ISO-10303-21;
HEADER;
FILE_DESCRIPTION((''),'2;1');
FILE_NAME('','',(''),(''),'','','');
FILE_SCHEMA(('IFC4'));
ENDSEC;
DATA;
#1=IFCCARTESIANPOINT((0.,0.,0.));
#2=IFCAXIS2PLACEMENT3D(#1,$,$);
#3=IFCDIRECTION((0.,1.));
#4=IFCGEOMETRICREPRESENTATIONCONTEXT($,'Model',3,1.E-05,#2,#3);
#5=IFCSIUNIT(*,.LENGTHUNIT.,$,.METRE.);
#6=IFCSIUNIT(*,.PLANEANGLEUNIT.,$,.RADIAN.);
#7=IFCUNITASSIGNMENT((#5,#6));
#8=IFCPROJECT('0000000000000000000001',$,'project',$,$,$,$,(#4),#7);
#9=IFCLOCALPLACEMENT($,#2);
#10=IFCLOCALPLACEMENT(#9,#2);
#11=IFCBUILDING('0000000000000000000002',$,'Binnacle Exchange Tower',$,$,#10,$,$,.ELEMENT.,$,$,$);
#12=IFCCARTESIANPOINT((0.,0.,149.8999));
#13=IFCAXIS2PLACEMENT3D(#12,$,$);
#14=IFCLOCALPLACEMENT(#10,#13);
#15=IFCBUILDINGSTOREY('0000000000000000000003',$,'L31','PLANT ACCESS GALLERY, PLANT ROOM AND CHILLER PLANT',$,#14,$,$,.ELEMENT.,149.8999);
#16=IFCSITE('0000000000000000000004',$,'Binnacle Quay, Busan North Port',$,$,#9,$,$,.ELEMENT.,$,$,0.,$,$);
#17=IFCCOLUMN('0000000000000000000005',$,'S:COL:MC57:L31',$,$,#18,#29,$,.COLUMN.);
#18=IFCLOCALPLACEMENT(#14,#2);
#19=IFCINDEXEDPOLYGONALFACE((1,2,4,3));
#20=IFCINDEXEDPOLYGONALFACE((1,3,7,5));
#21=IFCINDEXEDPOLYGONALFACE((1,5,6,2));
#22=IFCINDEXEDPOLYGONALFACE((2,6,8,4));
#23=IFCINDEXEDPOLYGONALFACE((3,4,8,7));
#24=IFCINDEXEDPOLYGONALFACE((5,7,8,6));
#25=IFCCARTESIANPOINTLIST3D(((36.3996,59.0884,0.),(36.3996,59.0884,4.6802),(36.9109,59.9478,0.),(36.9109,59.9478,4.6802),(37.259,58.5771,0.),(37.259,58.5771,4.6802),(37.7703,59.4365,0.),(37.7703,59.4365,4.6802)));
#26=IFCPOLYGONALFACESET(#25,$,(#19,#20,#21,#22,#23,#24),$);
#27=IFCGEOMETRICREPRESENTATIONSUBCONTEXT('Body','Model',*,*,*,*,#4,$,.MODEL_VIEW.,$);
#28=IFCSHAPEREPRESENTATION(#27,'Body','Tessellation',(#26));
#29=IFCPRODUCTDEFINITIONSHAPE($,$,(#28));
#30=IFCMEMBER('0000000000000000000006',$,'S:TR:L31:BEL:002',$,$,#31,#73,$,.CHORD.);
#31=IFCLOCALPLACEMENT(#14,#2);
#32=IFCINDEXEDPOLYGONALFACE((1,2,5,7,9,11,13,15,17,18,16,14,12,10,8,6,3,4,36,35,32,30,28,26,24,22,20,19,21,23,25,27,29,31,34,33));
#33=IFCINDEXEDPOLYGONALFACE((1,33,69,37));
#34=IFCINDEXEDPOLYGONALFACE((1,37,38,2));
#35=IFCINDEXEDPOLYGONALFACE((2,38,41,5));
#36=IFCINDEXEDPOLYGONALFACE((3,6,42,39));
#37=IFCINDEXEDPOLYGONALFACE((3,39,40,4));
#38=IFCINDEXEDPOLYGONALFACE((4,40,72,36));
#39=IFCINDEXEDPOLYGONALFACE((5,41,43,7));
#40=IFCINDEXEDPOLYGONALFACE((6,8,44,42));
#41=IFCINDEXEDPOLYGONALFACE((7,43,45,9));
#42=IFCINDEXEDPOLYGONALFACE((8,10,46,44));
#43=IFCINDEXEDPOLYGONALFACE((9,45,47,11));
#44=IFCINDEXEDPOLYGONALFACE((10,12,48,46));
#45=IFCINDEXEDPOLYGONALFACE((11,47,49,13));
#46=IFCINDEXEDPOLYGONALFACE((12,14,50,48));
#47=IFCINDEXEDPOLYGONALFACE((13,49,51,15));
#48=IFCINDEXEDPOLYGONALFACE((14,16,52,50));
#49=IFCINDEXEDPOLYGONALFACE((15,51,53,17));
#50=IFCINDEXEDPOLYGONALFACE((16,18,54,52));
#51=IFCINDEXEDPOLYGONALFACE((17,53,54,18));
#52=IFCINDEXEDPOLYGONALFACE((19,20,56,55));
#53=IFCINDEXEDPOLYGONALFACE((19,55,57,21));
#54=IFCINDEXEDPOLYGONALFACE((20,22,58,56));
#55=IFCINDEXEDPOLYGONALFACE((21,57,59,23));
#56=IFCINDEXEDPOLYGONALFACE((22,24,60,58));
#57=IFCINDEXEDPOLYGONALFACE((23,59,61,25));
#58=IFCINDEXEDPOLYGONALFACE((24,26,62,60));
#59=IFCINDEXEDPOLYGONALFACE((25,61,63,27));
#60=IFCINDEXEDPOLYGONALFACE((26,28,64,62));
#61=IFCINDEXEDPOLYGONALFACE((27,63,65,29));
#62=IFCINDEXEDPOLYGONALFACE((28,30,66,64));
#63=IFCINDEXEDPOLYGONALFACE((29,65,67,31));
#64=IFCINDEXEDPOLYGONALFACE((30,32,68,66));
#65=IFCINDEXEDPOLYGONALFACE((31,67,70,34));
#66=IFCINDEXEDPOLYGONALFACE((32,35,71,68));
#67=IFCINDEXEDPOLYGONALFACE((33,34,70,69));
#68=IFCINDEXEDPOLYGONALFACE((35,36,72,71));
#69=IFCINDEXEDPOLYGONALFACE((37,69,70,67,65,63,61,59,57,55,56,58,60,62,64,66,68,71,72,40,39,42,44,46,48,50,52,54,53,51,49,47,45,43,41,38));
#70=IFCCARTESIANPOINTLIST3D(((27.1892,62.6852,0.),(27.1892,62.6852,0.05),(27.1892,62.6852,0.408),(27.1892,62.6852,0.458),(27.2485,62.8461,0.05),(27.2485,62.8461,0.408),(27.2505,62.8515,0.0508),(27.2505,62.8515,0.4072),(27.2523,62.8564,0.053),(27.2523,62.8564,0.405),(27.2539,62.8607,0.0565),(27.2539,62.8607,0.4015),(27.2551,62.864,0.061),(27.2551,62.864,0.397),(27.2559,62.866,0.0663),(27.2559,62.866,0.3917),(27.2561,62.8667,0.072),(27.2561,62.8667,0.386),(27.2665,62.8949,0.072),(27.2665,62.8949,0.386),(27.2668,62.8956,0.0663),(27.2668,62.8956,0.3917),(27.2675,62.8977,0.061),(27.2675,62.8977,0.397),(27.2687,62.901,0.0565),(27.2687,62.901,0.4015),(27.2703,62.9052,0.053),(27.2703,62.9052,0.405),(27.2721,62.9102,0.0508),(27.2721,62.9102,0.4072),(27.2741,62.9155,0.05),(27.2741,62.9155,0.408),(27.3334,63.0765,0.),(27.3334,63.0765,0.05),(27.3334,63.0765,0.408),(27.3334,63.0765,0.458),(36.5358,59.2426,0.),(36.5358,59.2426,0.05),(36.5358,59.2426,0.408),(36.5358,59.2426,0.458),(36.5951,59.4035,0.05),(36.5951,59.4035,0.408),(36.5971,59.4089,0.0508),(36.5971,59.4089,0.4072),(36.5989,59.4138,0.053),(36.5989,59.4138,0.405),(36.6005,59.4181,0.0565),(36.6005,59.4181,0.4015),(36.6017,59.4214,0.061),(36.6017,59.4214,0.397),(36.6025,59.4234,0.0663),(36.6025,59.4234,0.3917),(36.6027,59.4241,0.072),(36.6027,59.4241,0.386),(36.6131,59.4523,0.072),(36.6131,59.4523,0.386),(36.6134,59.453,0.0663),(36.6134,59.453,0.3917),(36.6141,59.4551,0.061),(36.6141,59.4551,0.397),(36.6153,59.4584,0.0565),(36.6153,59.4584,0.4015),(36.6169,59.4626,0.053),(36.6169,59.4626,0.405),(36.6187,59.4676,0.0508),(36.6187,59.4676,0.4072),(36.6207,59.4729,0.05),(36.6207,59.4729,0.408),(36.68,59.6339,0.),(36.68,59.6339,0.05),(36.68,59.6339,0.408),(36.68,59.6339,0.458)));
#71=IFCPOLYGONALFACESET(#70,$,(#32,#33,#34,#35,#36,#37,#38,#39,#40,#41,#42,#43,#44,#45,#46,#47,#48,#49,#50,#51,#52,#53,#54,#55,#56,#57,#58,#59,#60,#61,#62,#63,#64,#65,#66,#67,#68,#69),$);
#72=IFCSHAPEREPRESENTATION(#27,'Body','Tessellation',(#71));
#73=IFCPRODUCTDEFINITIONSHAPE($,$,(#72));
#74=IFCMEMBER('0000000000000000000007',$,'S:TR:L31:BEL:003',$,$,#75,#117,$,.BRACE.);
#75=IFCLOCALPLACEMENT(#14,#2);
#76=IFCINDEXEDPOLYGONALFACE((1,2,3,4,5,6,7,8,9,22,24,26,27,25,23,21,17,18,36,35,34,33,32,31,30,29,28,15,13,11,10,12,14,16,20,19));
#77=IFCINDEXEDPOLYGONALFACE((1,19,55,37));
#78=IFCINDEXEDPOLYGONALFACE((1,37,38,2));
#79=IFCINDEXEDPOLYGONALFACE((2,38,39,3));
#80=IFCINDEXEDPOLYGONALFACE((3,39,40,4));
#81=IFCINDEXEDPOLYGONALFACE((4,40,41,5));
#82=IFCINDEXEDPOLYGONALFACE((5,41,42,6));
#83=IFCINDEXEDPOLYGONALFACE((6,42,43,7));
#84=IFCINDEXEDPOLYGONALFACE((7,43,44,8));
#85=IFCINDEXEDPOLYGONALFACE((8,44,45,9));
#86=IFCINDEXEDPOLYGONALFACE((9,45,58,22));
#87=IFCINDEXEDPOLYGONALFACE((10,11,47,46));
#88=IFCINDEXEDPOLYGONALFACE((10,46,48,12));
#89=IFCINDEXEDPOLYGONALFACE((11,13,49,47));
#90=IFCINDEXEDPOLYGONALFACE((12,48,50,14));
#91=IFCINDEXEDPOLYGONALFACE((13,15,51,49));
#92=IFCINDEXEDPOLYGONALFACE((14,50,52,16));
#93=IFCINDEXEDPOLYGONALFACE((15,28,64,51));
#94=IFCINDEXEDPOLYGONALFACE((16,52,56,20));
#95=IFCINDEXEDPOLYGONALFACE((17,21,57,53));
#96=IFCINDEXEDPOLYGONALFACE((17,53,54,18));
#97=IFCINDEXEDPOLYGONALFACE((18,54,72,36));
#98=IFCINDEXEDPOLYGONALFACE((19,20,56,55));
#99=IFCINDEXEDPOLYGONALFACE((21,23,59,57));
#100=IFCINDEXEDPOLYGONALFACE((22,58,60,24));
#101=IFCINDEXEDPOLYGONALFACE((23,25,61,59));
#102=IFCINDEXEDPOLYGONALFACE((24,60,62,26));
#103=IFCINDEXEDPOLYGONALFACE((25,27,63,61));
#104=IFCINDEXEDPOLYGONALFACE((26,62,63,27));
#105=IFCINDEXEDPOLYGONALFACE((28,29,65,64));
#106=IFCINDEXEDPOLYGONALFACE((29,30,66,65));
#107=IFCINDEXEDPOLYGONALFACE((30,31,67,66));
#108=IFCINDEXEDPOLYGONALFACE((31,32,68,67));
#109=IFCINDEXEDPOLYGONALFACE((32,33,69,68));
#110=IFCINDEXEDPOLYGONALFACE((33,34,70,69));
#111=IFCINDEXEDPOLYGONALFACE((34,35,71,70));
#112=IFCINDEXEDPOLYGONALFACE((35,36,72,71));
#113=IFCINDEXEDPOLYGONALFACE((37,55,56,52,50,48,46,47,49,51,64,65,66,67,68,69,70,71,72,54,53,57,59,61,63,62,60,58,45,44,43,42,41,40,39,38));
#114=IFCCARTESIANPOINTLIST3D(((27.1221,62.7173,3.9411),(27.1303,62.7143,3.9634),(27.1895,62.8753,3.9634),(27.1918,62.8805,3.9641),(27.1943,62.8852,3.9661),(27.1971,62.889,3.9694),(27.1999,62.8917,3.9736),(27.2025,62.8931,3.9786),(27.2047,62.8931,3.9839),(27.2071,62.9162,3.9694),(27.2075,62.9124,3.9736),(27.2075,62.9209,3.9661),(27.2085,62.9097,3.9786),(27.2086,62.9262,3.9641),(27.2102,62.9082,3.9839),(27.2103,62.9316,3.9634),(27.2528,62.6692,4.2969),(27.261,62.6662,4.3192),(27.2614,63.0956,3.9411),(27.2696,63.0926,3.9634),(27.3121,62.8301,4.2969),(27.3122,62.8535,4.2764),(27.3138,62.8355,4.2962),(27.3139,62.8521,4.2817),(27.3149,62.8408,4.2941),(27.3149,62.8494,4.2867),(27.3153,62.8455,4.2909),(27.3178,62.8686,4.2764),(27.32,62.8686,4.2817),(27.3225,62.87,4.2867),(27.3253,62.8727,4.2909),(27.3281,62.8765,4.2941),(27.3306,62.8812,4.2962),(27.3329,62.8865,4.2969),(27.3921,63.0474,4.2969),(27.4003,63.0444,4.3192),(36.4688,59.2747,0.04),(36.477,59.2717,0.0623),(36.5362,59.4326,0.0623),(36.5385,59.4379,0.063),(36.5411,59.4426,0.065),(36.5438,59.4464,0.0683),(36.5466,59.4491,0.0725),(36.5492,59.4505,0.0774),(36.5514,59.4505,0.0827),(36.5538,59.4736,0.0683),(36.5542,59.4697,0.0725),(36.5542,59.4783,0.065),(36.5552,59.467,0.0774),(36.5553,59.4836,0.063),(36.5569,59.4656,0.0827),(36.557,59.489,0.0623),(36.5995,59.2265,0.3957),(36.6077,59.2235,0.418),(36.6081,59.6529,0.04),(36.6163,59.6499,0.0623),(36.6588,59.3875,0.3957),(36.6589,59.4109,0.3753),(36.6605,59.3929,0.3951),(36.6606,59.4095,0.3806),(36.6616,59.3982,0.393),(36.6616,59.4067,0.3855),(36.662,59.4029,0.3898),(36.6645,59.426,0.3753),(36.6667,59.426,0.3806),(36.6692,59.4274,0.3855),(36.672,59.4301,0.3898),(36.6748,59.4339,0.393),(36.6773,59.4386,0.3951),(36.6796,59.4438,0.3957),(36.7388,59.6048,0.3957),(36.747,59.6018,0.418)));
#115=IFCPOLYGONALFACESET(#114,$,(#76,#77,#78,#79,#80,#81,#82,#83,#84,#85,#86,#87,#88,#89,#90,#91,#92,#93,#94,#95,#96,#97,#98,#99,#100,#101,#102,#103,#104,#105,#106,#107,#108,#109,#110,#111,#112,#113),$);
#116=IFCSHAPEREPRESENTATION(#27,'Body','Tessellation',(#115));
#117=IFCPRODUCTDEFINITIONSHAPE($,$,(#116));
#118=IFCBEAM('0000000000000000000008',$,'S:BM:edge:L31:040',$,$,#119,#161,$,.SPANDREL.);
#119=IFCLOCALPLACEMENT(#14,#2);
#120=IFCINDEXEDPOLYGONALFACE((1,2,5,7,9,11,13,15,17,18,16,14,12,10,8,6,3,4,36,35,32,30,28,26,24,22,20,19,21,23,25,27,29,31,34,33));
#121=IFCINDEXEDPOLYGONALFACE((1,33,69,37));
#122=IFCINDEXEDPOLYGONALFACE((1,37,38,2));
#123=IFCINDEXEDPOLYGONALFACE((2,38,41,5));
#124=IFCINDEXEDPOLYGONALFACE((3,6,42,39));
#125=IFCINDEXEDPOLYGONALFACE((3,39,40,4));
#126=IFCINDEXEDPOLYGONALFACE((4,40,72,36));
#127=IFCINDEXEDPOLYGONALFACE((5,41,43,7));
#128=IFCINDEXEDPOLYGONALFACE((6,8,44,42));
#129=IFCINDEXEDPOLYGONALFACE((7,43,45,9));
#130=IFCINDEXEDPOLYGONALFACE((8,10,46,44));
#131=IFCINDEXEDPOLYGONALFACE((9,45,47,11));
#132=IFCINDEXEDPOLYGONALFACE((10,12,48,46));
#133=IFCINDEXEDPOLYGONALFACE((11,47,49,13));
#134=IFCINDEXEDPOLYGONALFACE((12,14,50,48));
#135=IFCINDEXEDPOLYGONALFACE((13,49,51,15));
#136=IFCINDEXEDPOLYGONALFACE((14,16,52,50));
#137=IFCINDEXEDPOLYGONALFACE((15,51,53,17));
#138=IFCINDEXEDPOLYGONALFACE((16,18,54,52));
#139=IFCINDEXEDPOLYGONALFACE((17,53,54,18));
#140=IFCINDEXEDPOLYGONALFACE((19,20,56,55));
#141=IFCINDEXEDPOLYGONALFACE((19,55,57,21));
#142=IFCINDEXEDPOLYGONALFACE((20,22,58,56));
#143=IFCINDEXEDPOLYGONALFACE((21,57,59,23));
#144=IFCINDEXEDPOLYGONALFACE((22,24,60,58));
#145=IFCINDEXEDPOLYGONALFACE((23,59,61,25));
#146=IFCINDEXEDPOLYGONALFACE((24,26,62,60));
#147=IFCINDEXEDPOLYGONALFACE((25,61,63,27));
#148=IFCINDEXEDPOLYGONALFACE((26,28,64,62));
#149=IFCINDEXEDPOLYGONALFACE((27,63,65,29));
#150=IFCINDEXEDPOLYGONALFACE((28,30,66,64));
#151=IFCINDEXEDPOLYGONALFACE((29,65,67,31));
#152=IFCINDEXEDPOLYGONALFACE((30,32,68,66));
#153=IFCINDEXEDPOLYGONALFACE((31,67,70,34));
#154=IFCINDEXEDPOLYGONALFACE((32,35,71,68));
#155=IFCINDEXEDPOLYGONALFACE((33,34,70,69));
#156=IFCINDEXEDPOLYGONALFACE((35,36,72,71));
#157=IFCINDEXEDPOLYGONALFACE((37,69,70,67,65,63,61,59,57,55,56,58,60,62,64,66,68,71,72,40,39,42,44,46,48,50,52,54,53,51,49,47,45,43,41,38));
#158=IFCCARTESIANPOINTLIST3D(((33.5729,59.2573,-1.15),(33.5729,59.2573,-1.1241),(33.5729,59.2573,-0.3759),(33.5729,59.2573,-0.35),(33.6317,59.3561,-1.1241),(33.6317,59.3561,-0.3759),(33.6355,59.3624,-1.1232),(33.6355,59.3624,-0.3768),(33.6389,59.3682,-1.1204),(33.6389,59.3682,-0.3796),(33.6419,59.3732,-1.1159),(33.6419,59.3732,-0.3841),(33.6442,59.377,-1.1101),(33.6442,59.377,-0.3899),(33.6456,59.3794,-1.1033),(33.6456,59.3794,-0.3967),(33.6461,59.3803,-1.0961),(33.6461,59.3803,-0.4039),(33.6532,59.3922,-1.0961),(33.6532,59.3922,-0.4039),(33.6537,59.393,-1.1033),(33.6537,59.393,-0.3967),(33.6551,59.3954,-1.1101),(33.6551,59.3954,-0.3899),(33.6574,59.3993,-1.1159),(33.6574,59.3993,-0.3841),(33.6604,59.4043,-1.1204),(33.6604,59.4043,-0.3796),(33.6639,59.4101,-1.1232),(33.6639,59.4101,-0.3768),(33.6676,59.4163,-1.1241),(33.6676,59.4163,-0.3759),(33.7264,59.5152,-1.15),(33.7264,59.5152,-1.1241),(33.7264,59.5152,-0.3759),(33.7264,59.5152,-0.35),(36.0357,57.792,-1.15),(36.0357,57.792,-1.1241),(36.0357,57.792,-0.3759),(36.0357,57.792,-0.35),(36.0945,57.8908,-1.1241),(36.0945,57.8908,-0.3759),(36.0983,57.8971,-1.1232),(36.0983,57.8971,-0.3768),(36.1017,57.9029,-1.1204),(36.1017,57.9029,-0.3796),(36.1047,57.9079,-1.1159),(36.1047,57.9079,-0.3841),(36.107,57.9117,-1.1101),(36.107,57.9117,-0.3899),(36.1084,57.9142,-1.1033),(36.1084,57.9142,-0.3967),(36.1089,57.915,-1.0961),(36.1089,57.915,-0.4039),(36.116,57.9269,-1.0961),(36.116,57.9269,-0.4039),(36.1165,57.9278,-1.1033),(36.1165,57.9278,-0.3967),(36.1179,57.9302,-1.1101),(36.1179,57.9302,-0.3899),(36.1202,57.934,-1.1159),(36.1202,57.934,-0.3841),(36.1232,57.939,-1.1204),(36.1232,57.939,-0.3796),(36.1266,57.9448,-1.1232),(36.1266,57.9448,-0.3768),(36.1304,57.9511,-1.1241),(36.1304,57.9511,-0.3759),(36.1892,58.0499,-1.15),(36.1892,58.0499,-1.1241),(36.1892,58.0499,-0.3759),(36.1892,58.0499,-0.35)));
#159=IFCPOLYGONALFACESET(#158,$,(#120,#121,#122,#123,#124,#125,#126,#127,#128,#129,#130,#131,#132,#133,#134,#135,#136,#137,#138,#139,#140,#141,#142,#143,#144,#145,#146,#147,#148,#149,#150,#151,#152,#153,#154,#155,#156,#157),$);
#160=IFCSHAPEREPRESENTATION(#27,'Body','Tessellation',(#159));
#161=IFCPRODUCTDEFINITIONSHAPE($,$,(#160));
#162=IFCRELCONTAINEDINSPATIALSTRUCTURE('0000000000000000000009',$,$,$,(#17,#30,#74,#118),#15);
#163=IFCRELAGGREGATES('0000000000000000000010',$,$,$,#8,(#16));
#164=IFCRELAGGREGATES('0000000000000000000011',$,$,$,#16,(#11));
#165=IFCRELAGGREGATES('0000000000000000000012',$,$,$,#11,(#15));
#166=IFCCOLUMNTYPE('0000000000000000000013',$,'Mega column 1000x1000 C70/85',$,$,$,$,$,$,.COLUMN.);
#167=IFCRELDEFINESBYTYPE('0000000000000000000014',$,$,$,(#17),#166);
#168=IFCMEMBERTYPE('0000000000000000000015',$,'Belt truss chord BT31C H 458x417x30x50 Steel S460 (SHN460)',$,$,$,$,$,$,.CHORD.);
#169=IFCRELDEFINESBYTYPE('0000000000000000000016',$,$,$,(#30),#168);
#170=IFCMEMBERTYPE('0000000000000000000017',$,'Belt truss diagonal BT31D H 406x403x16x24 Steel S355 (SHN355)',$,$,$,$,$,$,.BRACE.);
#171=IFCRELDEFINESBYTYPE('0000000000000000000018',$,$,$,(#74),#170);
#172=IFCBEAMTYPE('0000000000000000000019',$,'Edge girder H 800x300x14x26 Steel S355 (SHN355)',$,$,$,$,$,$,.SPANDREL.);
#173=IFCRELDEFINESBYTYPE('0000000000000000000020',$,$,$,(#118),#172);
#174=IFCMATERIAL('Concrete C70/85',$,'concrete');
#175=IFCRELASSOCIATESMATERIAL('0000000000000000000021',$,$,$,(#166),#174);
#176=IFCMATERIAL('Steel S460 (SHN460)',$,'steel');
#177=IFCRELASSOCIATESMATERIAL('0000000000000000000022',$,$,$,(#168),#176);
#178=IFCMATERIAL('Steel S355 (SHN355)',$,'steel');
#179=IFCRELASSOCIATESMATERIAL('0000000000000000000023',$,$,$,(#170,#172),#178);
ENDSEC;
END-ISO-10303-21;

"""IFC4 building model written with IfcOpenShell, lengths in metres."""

from ifc_helpers import new_model, si_unit, direction, frame, origin, origin_2d, place, context, subcontext, project, spatial, rectangle, i_section, extrude, material, material_profile, profile_set, type_object, element, save


model = new_model("IFC4")

# Units and contexts
model_context = context("Model", 3, precision=1e-05, world=origin(), true_north=direction((0.0, 1.0)))
body_context = subcontext(model_context, "Body", "Model", "MODEL_VIEW")
ifc_project = project(units=[si_unit("LENGTHUNIT", "METRE"), si_unit("PLANEANGLEUNIT", "RADIAN")], contexts=[model_context])

# Site, building, storey
site_placement = place(None, origin())
site = spatial("IfcSite", under=ifc_project, at=site_placement, Name="Binnacle Quay, Busan North Port", CompositionType="ELEMENT", RefElevation=0.0)
building_placement = place(site_placement, origin())
building = spatial("IfcBuilding", under=site, at=building_placement, Name="Binnacle Exchange Tower", CompositionType="ELEMENT")
storey_placement = place(building_placement, frame((0.0, 0.0, 149.8999)))
storey = spatial("IfcBuildingStorey", under=building, at=storey_placement, Name="L31", Description="PLANT ACCESS GALLERY, PLANT ROOM AND CHILLER PLANT", CompositionType="ELEMENT", Elevation=149.8999)

# Column
ifc_material_1 = material(Name="Concrete C70/85", Category="concrete")
ifc_material_profile_1 = material_profile(ifc_material_1, rectangle(XDim=1.0, YDim=1.0, at=origin_2d()), Name="Mega column 1000x1000 C70/85")
ifc_profile_set_1 = profile_set([ifc_material_profile_1], Name="Concrete C70/85")
column_type = type_object("IfcColumnType", Name="Mega column 1000x1000 C70/85", PredefinedType="COLUMN", material=ifc_profile_set_1)
column_placement = place(storey_placement, frame((37.085, 59.2625, 0.0), z_axis=(0.0, 0.0, 1.0), x_axis=(-0.859406, 0.511293, 0.0)))
element("IfcColumn", 1, at=column_placement, inside=storey, type_object=column_type, Name="S:COL:MC57:L31", PredefinedType="COLUMN", context=body_context, shape_type="SweptSolid", body=[
    extrude(rectangle(XDim=1.0, YDim=1.0, at=origin_2d()), origin(), (0.0, 0.0, 1.0), 4.6802),
])

# Members
ifc_material_2 = material(Name="Steel S460 (SHN460)", Category="steel")
ifc_material_profile_2 = material_profile(ifc_material_2, i_section(OverallWidth=0.417, OverallDepth=0.458, WebThickness=0.03, FlangeThickness=0.05, FilletRadius=0.022, at=origin_2d()), Name="H 458x417x30x50")
ifc_profile_set_2 = profile_set([ifc_material_profile_2], Name="Steel S460 (SHN460)")
member_type_1 = type_object("IfcMemberType", Name="Belt truss chord BT31C H 458x417x30x50 Steel S460 (SHN460)", PredefinedType="CHORD", material=ifc_profile_set_2)
member_1_placement = place(storey_placement, frame((36.6079, 59.4382, 0.229), z_axis=(-0.938372, 0.345627, 0.0), x_axis=(-0.345627, -0.938372, 0.0)))
element("IfcMember", 2, at=member_1_placement, inside=storey, type_object=member_type_1, Name="S:TR:L31:BEL:002", PredefinedType="CHORD", context=body_context, shape_type="SweptSolid", body=[
    extrude(i_section(OverallWidth=0.417, OverallDepth=0.458, WebThickness=0.03, FlangeThickness=0.05, FilletRadius=0.022, at=origin_2d()), origin(), (0.0, 0.0, 1.0), 9.9604),
])
ifc_material_3 = material(Name="Steel S355 (SHN355)", Category="steel")
ifc_material_profile_3 = material_profile(ifc_material_3, i_section(OverallWidth=0.4031, OverallDepth=0.406, WebThickness=0.0161, FlangeThickness=0.0239, FilletRadius=0.022, at=origin_2d()), Name="H 406x403x16x24")
ifc_profile_set_3 = profile_set([ifc_material_profile_3], Name="Steel S355 (SHN355)")
member_type_2 = type_object("IfcMemberType", Name="Belt truss diagonal BT31D H 406x403x16x24 Steel S355 (SHN355)", PredefinedType="BRACE", material=ifc_profile_set_3)
member_2_placement = place(storey_placement, frame((36.6079, 59.4382, 0.229), z_axis=(-0.873747, 0.321824, 0.364685), x_axis=(-0.345627, -0.938372, 0.0)))
element("IfcMember", 3, at=member_2_placement, inside=storey, type_object=member_type_2, Name="S:TR:L31:BEL:003", PredefinedType="BRACE", context=body_context, shape_type="SweptSolid", body=[
    extrude(i_section(OverallWidth=0.4031, OverallDepth=0.406, WebThickness=0.0161, FlangeThickness=0.0239, FilletRadius=0.022, at=origin_2d()), origin(), (0.0, 0.0, 1.0), 10.6973),
])

# Beam
ifc_material_profile_4 = material_profile(ifc_material_3, i_section(OverallWidth=0.3, OverallDepth=0.8, WebThickness=0.0139, FlangeThickness=0.0259, FilletRadius=0.0281, at=origin_2d()), Name="H 800x300x14x26")
ifc_profile_set_4 = profile_set([ifc_material_profile_4], Name="Steel S355 (SHN355)")
beam_type_1 = type_object("IfcBeamType", Name="Edge girder H 800x300x14x26 Steel S355 (SHN355)", PredefinedType="SPANDREL", material=ifc_profile_set_4)
for number, where, z_axis, x_axis, name in (
    (4, (33.6497, 59.3862, -0.75), (0.859396, -0.51131, 0.0), (0.51131, 0.859396, 0.0), "S:BM:edge:L31:040"),
):
    element("IfcBeam", number, at=place(storey_placement, frame(where, z_axis=z_axis, x_axis=x_axis)), inside=storey, type_object=beam_type_1, Name=name, PredefinedType="SPANDREL", context=body_context, shape_type="SweptSolid", body=[
        extrude(i_section(OverallWidth=0.3, OverallDepth=0.8, WebThickness=0.0139, FlangeThickness=0.0259, FilletRadius=0.0281, at=origin_2d()), origin(), (0.0, 0.0, 1.0), 2.8657),
    ])

save(model, "model.ifc")
